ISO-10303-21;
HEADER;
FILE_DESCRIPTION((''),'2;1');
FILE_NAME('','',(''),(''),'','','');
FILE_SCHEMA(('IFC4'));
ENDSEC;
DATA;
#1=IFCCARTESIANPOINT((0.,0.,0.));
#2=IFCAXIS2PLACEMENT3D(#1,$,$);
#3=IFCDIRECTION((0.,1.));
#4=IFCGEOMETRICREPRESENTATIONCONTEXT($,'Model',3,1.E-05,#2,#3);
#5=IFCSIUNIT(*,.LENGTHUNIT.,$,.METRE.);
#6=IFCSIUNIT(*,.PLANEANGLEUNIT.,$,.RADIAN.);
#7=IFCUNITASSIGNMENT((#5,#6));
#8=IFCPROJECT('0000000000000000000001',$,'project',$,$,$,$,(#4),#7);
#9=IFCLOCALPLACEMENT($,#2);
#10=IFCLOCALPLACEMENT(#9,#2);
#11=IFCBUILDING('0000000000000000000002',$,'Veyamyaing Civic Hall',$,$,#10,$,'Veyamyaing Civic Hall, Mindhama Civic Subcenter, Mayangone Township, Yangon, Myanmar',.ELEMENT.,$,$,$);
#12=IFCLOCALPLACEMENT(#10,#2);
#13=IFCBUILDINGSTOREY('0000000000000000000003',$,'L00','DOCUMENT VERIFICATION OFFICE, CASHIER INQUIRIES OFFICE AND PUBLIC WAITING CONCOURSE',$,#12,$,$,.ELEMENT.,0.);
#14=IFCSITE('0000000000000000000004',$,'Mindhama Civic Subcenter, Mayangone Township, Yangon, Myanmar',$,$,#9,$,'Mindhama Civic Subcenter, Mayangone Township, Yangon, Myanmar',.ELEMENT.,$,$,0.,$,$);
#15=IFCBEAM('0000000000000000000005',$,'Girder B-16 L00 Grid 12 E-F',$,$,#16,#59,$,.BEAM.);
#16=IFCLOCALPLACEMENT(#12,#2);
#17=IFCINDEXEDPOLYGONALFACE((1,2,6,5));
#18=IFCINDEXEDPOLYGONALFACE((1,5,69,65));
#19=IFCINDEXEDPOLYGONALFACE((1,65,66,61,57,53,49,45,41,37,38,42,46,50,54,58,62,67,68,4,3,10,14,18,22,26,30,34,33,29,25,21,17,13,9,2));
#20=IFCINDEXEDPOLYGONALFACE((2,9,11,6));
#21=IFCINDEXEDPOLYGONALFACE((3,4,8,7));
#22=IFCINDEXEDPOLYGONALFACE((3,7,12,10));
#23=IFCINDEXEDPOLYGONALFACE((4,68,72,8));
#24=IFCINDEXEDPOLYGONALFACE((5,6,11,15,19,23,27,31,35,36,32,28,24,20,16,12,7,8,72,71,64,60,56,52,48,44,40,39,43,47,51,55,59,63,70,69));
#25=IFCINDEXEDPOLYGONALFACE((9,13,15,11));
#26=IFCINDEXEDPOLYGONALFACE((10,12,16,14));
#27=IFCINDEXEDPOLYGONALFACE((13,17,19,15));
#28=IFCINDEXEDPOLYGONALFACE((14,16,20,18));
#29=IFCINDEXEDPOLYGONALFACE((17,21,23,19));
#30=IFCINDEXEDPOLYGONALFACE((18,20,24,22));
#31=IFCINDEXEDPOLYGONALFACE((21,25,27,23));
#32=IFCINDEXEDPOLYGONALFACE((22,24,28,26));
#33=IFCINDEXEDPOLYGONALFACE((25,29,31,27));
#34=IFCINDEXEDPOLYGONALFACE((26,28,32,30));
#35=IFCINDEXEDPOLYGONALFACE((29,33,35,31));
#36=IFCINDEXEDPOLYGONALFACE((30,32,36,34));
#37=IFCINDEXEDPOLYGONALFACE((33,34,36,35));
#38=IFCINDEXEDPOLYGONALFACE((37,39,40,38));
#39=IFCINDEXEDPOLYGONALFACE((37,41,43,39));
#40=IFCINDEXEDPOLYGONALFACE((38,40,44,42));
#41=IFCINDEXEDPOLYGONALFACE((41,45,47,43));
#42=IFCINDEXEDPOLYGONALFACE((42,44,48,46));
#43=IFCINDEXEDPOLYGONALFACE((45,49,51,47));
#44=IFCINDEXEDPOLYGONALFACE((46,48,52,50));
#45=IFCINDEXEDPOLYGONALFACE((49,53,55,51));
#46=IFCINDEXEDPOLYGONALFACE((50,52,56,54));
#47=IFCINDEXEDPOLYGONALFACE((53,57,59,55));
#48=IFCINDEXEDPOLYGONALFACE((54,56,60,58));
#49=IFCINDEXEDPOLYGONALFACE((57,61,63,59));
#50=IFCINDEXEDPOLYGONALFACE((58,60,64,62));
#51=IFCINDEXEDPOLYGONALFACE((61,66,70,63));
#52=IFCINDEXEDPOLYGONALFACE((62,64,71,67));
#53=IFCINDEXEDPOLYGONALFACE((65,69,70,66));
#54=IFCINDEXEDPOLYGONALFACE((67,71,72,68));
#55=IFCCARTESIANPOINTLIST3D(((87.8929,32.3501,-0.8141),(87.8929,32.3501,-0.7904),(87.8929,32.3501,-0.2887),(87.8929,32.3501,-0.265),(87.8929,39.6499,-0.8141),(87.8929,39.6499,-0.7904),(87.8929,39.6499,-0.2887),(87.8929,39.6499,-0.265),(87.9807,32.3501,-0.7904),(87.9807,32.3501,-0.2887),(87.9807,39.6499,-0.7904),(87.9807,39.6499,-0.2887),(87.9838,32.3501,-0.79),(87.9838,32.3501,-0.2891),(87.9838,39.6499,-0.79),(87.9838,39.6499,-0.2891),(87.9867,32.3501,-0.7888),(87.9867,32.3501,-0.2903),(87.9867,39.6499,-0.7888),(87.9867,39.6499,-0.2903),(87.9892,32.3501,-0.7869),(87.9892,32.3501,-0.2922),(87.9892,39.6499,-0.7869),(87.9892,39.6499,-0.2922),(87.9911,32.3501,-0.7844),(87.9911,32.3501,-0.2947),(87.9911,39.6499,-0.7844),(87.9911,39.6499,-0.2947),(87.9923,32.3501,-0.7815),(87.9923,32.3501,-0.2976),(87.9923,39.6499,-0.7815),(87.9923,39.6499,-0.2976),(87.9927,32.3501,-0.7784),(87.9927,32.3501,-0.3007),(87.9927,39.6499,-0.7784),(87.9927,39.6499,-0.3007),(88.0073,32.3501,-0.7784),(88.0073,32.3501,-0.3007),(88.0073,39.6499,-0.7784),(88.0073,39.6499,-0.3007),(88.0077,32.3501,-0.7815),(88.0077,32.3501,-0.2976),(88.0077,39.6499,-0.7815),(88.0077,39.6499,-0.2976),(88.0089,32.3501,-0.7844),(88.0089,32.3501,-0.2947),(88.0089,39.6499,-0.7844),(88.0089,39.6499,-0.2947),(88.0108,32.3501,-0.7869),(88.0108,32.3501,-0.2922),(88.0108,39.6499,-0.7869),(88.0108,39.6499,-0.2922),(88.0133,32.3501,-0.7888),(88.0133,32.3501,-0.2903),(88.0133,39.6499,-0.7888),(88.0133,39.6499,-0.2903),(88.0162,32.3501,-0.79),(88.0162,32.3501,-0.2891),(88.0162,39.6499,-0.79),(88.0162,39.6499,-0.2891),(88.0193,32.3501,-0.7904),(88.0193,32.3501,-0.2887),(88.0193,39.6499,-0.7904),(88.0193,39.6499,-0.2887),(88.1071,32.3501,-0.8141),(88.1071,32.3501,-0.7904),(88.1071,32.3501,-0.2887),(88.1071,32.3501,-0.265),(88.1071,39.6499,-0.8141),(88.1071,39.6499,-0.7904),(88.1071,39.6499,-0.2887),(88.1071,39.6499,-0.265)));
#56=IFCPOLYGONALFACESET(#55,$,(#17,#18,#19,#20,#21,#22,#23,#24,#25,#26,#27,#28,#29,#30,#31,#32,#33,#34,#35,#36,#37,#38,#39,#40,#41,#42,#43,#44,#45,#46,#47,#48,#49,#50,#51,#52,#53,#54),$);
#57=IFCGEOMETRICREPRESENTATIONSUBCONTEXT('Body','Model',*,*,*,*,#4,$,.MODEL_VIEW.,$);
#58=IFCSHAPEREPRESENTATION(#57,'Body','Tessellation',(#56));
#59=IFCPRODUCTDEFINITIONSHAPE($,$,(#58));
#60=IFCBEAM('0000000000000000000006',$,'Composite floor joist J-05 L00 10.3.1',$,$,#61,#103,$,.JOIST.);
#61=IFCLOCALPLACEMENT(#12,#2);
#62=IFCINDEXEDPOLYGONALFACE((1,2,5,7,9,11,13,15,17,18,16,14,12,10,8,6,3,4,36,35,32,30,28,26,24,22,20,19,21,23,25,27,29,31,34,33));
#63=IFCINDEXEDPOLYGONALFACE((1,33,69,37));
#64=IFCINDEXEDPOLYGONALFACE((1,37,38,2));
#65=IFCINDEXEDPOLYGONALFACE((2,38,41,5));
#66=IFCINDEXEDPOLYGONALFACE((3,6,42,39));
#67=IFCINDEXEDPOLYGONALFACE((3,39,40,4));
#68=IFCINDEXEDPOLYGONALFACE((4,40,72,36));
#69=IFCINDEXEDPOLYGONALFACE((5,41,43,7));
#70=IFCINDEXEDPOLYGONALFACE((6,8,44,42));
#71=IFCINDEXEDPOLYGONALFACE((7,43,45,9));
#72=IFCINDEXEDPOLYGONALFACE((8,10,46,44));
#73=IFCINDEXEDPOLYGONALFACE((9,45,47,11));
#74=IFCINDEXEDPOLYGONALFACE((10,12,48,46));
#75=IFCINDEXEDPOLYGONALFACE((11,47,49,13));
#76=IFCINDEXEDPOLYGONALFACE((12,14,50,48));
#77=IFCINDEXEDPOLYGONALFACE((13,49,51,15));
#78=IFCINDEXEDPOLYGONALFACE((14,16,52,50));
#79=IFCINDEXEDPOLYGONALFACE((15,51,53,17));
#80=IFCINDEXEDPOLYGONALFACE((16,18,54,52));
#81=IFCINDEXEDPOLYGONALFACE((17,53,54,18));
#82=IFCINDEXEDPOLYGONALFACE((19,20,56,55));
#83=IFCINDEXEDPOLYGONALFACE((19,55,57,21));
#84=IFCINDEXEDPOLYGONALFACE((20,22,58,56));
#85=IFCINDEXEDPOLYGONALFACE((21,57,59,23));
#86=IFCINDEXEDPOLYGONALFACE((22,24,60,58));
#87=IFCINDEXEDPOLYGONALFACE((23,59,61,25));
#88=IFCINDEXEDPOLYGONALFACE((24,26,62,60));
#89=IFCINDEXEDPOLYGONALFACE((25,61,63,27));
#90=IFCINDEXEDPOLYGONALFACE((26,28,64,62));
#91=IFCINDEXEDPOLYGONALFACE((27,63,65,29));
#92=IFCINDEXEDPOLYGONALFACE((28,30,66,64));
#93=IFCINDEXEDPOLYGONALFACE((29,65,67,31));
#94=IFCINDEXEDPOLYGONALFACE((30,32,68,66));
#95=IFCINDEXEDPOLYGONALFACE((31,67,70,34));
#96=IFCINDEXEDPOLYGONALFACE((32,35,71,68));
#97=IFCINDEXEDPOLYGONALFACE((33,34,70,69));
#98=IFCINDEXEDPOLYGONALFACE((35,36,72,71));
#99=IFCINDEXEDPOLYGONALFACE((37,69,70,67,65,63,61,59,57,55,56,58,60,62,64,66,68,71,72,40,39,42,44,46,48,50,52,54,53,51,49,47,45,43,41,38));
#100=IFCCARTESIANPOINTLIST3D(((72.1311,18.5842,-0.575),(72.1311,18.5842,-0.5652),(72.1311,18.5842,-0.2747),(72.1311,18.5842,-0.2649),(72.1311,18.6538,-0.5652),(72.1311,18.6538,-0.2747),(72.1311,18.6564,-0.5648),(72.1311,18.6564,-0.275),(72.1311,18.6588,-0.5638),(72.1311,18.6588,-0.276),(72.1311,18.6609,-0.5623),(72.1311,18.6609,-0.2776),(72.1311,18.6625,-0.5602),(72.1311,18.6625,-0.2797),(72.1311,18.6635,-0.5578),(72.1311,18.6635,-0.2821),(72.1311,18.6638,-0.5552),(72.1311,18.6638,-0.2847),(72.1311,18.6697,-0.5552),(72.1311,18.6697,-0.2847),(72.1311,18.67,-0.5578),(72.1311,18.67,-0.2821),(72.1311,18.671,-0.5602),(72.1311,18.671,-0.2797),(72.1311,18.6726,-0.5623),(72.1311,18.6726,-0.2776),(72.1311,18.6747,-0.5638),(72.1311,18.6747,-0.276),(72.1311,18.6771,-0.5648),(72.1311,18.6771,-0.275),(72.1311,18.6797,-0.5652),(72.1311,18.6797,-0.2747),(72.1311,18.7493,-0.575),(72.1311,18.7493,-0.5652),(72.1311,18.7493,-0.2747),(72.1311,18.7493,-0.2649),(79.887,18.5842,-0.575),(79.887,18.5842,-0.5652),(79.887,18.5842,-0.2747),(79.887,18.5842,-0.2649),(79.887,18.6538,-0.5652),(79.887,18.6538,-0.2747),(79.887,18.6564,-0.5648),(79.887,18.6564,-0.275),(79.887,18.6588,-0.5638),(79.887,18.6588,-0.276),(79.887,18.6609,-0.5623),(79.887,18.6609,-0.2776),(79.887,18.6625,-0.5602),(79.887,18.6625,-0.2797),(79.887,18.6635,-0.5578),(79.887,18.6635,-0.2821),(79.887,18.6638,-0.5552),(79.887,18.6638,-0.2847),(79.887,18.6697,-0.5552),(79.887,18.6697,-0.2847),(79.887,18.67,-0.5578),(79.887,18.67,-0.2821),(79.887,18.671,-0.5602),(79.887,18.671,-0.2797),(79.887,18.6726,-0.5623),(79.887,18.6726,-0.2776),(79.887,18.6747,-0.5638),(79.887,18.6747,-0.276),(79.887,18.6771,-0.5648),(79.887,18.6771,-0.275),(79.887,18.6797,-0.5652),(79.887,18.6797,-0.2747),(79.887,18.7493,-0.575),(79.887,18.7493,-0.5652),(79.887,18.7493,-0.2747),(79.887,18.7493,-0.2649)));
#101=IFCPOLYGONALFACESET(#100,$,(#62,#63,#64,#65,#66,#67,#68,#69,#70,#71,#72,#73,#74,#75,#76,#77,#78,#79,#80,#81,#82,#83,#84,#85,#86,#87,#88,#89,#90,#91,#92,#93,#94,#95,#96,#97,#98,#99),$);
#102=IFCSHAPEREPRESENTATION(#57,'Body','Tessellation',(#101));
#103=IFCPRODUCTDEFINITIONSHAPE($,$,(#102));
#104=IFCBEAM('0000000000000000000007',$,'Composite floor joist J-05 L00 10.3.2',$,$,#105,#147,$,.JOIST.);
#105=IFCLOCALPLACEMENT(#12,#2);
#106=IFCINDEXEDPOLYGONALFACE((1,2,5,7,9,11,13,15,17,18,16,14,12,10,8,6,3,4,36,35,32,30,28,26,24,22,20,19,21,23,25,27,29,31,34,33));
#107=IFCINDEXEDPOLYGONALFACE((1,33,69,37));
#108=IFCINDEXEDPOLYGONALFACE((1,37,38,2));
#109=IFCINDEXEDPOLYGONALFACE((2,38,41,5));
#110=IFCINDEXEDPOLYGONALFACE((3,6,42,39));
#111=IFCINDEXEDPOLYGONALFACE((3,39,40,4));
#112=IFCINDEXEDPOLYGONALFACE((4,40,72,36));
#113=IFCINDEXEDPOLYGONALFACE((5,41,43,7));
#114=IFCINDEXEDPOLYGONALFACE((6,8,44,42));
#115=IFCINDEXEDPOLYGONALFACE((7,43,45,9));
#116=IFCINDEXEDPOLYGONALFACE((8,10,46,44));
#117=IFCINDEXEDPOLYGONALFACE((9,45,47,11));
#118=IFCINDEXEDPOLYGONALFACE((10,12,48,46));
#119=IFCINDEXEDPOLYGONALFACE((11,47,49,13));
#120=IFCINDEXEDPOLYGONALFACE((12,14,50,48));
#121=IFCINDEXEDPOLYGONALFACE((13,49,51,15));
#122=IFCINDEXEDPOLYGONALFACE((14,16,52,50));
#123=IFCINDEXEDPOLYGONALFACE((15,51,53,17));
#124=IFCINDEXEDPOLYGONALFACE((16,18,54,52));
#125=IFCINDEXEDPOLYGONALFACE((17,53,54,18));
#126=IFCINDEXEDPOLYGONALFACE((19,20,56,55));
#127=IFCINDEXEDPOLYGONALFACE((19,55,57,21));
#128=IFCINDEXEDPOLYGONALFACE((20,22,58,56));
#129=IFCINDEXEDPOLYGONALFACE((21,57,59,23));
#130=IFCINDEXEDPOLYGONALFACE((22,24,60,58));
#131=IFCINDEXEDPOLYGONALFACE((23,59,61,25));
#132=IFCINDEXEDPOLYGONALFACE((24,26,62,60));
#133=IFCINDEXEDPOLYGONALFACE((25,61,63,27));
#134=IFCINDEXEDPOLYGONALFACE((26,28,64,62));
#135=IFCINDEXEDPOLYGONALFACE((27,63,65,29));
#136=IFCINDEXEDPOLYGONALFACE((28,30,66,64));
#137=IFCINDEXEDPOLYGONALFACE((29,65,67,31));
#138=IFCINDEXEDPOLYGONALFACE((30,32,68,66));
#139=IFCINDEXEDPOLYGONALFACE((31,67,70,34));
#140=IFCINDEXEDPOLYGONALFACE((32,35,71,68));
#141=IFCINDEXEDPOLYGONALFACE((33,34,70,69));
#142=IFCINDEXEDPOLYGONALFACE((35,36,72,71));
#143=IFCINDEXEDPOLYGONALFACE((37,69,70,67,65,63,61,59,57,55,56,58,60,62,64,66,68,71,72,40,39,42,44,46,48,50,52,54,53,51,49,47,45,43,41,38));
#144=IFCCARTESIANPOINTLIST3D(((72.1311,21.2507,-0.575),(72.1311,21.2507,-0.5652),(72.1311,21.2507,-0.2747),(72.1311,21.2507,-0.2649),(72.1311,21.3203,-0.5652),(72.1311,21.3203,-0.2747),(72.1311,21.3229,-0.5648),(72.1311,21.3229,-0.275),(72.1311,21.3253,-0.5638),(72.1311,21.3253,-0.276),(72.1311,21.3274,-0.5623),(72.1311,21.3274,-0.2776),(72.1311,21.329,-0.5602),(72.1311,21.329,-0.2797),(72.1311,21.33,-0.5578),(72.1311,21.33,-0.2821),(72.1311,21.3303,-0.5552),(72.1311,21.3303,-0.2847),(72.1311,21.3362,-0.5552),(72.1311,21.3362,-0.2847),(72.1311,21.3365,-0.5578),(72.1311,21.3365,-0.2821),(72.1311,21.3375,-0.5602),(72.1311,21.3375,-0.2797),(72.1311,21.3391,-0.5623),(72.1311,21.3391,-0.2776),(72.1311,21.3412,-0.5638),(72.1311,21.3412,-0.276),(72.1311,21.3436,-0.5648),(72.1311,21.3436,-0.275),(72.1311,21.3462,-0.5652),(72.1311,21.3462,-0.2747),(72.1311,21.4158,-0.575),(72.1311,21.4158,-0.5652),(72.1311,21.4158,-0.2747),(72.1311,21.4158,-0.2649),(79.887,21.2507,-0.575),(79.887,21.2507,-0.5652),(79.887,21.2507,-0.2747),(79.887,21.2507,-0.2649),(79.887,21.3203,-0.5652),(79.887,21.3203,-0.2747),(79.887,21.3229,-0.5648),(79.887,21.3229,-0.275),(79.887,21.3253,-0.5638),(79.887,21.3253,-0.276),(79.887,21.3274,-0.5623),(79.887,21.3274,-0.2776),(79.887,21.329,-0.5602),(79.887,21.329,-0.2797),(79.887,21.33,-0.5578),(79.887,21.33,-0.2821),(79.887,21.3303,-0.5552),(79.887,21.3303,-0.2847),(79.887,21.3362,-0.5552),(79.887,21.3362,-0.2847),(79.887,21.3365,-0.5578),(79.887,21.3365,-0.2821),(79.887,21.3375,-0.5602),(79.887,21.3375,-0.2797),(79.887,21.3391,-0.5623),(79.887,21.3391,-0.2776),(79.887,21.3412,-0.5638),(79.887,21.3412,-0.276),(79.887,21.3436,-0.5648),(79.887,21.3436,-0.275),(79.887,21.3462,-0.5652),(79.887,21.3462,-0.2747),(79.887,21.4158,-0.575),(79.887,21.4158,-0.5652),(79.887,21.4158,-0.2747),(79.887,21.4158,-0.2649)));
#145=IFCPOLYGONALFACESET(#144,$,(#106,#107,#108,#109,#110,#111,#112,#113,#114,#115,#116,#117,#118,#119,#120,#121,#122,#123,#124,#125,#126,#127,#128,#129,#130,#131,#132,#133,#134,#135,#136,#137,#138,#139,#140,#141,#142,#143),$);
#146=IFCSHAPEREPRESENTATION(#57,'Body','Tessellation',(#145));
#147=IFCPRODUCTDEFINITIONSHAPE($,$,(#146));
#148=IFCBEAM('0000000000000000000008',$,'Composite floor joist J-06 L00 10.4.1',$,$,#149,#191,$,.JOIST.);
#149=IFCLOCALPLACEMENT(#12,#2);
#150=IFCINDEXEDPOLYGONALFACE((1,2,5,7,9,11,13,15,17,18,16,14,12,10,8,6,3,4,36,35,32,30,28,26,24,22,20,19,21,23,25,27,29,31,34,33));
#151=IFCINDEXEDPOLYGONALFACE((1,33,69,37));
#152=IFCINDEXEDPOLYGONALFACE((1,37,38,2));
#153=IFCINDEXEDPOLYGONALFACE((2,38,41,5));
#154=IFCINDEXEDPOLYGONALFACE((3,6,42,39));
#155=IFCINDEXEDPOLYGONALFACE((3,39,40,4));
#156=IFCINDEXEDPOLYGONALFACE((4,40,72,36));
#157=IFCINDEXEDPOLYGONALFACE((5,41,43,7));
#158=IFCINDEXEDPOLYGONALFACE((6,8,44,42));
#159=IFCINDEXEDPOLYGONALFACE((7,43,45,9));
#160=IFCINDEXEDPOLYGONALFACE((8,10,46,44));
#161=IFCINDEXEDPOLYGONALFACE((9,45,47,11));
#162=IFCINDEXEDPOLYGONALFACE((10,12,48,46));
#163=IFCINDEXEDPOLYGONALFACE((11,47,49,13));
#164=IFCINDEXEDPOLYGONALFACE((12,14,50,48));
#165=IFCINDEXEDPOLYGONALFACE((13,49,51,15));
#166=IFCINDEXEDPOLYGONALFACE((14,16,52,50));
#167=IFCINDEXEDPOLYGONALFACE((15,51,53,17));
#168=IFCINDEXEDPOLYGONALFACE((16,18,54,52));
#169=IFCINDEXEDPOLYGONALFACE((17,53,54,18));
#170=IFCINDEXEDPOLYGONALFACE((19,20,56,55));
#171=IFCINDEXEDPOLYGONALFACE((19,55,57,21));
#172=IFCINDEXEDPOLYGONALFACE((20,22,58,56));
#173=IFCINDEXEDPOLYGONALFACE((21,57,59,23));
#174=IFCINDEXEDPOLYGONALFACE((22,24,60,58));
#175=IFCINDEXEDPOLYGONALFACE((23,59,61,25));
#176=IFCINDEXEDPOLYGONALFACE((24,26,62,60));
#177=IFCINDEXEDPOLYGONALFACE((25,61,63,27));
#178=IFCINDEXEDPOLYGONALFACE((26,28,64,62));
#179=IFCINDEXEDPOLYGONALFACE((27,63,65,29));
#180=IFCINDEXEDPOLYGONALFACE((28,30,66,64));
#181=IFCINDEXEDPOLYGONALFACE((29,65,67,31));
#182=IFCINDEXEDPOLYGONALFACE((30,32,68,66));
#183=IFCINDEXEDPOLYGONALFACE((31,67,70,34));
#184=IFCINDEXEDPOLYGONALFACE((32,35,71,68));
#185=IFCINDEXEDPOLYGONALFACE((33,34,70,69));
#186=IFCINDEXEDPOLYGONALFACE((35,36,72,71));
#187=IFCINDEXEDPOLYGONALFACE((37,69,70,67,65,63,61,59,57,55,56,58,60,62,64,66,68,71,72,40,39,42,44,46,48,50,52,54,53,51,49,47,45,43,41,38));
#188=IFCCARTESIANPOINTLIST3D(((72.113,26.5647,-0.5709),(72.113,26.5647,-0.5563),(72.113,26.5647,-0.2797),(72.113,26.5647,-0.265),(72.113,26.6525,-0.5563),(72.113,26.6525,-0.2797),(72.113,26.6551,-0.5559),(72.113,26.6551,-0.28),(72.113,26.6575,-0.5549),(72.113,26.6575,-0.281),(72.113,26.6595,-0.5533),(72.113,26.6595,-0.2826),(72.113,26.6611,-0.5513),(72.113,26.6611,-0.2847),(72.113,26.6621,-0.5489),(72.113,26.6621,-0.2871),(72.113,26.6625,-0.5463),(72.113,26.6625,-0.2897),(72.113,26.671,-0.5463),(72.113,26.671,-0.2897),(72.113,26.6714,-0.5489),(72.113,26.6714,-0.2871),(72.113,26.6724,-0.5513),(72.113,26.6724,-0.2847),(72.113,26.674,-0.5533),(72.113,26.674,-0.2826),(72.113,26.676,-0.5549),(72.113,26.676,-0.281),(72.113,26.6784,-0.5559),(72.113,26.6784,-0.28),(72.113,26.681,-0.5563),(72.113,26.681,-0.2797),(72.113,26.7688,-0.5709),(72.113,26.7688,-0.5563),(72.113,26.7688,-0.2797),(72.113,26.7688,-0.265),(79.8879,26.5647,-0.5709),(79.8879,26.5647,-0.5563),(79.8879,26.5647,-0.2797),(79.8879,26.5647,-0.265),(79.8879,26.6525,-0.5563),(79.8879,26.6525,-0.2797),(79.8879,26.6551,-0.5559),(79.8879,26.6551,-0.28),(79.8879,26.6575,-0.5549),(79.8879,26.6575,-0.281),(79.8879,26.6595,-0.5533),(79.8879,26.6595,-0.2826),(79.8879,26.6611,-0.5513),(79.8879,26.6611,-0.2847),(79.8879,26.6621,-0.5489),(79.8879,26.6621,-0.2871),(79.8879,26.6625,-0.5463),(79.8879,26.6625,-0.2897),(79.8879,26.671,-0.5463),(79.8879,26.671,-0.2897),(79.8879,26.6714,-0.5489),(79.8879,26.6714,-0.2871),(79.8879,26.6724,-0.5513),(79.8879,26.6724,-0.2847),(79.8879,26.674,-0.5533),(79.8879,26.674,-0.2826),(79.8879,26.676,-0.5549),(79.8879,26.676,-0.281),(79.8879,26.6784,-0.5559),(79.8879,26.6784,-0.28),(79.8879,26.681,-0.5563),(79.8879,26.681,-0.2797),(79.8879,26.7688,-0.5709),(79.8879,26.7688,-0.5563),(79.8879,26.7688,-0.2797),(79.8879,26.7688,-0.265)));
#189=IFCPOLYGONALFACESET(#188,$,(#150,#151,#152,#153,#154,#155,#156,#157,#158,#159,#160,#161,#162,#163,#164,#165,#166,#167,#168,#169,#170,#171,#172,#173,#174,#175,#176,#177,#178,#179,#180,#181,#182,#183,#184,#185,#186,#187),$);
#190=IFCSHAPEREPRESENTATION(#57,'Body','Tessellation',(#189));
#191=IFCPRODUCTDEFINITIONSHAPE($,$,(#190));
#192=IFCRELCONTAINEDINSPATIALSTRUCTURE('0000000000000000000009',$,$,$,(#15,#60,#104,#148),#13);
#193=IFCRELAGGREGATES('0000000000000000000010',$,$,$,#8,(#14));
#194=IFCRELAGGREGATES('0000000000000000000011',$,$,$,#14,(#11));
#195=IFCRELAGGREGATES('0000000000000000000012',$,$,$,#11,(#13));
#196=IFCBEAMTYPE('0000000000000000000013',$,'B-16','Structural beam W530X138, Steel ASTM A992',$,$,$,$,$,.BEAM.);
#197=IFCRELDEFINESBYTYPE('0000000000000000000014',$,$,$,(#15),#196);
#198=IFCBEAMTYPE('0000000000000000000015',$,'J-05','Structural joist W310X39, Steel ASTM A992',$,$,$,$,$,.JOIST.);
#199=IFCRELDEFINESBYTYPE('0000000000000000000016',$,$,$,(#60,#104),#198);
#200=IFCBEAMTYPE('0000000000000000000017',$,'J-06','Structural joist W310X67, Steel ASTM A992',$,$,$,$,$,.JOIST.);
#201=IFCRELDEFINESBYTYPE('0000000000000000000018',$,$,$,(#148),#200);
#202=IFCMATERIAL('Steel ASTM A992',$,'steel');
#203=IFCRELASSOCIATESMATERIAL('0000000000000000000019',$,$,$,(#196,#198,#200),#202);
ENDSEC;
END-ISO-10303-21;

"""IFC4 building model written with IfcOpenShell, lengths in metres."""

from ifc_helpers import new_model, si_unit, direction, frame, origin, origin_2d, place, context, subcontext, project, spatial, i_section, extrude, material, material_profile, profile_set, type_object, element, save


model = new_model("IFC4")

# Units and contexts
model_context = context("Model", 3, precision=1e-05, world=origin(), true_north=direction((0.0, 1.0)))
body_context = subcontext(model_context, "Body", "Model", "MODEL_VIEW")
ifc_project = project(units=[si_unit("LENGTHUNIT", "METRE"), si_unit("PLANEANGLEUNIT", "RADIAN")], contexts=[model_context])

# Site, building, storey
site_placement = place(None, origin())
site = spatial("IfcSite", under=ifc_project, at=site_placement, Name="Mindhama Civic Subcenter, Mayangone Township, Yangon, Myanmar", LongName="Mindhama Civic Subcenter, Mayangone Township, Yangon, Myanmar", CompositionType="ELEMENT", RefElevation=0.0)
building_placement = place(site_placement, origin())
building = spatial("IfcBuilding", under=site, at=building_placement, Name="Veyamyaing Civic Hall", LongName="Veyamyaing Civic Hall, Mindhama Civic Subcenter, Mayangone Township, Yangon, Myanmar", CompositionType="ELEMENT")
storey_placement = place(building_placement, origin())
storey = spatial("IfcBuildingStorey", under=building, at=storey_placement, Name="L00", Description="DOCUMENT VERIFICATION OFFICE, CASHIER INQUIRIES OFFICE AND PUBLIC WAITING CONCOURSE", CompositionType="ELEMENT", Elevation=0.0)

# Beams
ifc_material_1 = material(Name="Steel ASTM A992", Category="steel")
ifc_material_profile_1 = material_profile(ifc_material_1, i_section(OverallWidth=0.2141, OverallDepth=0.5491, WebThickness=0.0146, FlangeThickness=0.0237, FilletRadius=0.012, at=origin_2d()), Name="W530X138")
ifc_profile_set_1 = profile_set([ifc_material_profile_1], Name="Steel ASTM A992")
beam_type_1 = type_object("IfcBeamType", Name="B-16", Description="Structural beam W530X138, Steel ASTM A992", PredefinedType="BEAM", material=ifc_profile_set_1)
beam_1_placement = place(storey_placement, frame((88.0, 32.3501, -0.5396), z_axis=(0.0, 1.0, 0.0), x_axis=(-1.0, 0.0, 0.0)))
element("IfcBeam", 1, at=beam_1_placement, inside=storey, type_object=beam_type_1, Name="Girder B-16 L00 Grid 12 E-F", PredefinedType="BEAM", context=body_context, shape_type="SweptSolid", body=[
    extrude(i_section(OverallWidth=0.2141, OverallDepth=0.5491, WebThickness=0.0146, FlangeThickness=0.0237, FilletRadius=0.012, at=origin_2d()), origin(), (0.0, 0.0, 1.0), 7.2998),
])
ifc_material_profile_2 = material_profile(ifc_material_1, i_section(OverallWidth=0.165, OverallDepth=0.3101, WebThickness=0.0059, FlangeThickness=0.0098, FilletRadius=0.01, at=origin_2d()), Name="W310X39")
ifc_profile_set_2 = profile_set([ifc_material_profile_2], Name="Steel ASTM A992")
beam_type_2 = type_object("IfcBeamType", Name="J-05", Description="Structural joist W310X39, Steel ASTM A992", PredefinedType="JOIST", material=ifc_profile_set_2)
for number, where, z_axis, x_axis, name in (
    (2, (72.1311, 18.6667, -0.4199), (1.0, 0.0, 0.0), (0.0, 1.0, 0.0), "Composite floor joist J-05 L00 10.3.1"),
    (3, (72.1311, 21.3333, -0.4199), (1.0, 0.0, 0.0), (0.0, 1.0, 0.0), "Composite floor joist J-05 L00 10.3.2"),
):
    element("IfcBeam", number, at=place(storey_placement, frame(where, z_axis=z_axis, x_axis=x_axis)), inside=storey, type_object=beam_type_2, Name=name, PredefinedType="JOIST", context=body_context, shape_type="SweptSolid", body=[
        extrude(i_section(OverallWidth=0.165, OverallDepth=0.3101, WebThickness=0.0059, FlangeThickness=0.0098, FilletRadius=0.01, at=origin_2d()), origin(), (0.0, 0.0, 1.0), 7.7559),
    ])
ifc_material_profile_3 = material_profile(ifc_material_1, i_section(OverallWidth=0.2041, OverallDepth=0.3059, WebThickness=0.0085, FlangeThickness=0.0146, FilletRadius=0.01, at=origin_2d()), Name="W310X67")
ifc_profile_set_3 = profile_set([ifc_material_profile_3], Name="Steel ASTM A992")
beam_type_3 = type_object("IfcBeamType", Name="J-06", Description="Structural joist W310X67, Steel ASTM A992", PredefinedType="JOIST", material=ifc_profile_set_3)
for number, where, z_axis, x_axis, name in (
    (4, (72.113, 26.6667, -0.418), (1.0, 0.0, 0.0), (0.0, 1.0, 0.0), "Composite floor joist J-06 L00 10.4.1"),
):
    element("IfcBeam", number, at=place(storey_placement, frame(where, z_axis=z_axis, x_axis=x_axis)), inside=storey, type_object=beam_type_3, Name=name, PredefinedType="JOIST", context=body_context, shape_type="SweptSolid", body=[
        extrude(i_section(OverallWidth=0.2041, OverallDepth=0.3059, WebThickness=0.0085, FlangeThickness=0.0146, FilletRadius=0.01, at=origin_2d()), origin(), (0.0, 0.0, 1.0), 7.7749),
    ])

save(model, "model.ifc")
